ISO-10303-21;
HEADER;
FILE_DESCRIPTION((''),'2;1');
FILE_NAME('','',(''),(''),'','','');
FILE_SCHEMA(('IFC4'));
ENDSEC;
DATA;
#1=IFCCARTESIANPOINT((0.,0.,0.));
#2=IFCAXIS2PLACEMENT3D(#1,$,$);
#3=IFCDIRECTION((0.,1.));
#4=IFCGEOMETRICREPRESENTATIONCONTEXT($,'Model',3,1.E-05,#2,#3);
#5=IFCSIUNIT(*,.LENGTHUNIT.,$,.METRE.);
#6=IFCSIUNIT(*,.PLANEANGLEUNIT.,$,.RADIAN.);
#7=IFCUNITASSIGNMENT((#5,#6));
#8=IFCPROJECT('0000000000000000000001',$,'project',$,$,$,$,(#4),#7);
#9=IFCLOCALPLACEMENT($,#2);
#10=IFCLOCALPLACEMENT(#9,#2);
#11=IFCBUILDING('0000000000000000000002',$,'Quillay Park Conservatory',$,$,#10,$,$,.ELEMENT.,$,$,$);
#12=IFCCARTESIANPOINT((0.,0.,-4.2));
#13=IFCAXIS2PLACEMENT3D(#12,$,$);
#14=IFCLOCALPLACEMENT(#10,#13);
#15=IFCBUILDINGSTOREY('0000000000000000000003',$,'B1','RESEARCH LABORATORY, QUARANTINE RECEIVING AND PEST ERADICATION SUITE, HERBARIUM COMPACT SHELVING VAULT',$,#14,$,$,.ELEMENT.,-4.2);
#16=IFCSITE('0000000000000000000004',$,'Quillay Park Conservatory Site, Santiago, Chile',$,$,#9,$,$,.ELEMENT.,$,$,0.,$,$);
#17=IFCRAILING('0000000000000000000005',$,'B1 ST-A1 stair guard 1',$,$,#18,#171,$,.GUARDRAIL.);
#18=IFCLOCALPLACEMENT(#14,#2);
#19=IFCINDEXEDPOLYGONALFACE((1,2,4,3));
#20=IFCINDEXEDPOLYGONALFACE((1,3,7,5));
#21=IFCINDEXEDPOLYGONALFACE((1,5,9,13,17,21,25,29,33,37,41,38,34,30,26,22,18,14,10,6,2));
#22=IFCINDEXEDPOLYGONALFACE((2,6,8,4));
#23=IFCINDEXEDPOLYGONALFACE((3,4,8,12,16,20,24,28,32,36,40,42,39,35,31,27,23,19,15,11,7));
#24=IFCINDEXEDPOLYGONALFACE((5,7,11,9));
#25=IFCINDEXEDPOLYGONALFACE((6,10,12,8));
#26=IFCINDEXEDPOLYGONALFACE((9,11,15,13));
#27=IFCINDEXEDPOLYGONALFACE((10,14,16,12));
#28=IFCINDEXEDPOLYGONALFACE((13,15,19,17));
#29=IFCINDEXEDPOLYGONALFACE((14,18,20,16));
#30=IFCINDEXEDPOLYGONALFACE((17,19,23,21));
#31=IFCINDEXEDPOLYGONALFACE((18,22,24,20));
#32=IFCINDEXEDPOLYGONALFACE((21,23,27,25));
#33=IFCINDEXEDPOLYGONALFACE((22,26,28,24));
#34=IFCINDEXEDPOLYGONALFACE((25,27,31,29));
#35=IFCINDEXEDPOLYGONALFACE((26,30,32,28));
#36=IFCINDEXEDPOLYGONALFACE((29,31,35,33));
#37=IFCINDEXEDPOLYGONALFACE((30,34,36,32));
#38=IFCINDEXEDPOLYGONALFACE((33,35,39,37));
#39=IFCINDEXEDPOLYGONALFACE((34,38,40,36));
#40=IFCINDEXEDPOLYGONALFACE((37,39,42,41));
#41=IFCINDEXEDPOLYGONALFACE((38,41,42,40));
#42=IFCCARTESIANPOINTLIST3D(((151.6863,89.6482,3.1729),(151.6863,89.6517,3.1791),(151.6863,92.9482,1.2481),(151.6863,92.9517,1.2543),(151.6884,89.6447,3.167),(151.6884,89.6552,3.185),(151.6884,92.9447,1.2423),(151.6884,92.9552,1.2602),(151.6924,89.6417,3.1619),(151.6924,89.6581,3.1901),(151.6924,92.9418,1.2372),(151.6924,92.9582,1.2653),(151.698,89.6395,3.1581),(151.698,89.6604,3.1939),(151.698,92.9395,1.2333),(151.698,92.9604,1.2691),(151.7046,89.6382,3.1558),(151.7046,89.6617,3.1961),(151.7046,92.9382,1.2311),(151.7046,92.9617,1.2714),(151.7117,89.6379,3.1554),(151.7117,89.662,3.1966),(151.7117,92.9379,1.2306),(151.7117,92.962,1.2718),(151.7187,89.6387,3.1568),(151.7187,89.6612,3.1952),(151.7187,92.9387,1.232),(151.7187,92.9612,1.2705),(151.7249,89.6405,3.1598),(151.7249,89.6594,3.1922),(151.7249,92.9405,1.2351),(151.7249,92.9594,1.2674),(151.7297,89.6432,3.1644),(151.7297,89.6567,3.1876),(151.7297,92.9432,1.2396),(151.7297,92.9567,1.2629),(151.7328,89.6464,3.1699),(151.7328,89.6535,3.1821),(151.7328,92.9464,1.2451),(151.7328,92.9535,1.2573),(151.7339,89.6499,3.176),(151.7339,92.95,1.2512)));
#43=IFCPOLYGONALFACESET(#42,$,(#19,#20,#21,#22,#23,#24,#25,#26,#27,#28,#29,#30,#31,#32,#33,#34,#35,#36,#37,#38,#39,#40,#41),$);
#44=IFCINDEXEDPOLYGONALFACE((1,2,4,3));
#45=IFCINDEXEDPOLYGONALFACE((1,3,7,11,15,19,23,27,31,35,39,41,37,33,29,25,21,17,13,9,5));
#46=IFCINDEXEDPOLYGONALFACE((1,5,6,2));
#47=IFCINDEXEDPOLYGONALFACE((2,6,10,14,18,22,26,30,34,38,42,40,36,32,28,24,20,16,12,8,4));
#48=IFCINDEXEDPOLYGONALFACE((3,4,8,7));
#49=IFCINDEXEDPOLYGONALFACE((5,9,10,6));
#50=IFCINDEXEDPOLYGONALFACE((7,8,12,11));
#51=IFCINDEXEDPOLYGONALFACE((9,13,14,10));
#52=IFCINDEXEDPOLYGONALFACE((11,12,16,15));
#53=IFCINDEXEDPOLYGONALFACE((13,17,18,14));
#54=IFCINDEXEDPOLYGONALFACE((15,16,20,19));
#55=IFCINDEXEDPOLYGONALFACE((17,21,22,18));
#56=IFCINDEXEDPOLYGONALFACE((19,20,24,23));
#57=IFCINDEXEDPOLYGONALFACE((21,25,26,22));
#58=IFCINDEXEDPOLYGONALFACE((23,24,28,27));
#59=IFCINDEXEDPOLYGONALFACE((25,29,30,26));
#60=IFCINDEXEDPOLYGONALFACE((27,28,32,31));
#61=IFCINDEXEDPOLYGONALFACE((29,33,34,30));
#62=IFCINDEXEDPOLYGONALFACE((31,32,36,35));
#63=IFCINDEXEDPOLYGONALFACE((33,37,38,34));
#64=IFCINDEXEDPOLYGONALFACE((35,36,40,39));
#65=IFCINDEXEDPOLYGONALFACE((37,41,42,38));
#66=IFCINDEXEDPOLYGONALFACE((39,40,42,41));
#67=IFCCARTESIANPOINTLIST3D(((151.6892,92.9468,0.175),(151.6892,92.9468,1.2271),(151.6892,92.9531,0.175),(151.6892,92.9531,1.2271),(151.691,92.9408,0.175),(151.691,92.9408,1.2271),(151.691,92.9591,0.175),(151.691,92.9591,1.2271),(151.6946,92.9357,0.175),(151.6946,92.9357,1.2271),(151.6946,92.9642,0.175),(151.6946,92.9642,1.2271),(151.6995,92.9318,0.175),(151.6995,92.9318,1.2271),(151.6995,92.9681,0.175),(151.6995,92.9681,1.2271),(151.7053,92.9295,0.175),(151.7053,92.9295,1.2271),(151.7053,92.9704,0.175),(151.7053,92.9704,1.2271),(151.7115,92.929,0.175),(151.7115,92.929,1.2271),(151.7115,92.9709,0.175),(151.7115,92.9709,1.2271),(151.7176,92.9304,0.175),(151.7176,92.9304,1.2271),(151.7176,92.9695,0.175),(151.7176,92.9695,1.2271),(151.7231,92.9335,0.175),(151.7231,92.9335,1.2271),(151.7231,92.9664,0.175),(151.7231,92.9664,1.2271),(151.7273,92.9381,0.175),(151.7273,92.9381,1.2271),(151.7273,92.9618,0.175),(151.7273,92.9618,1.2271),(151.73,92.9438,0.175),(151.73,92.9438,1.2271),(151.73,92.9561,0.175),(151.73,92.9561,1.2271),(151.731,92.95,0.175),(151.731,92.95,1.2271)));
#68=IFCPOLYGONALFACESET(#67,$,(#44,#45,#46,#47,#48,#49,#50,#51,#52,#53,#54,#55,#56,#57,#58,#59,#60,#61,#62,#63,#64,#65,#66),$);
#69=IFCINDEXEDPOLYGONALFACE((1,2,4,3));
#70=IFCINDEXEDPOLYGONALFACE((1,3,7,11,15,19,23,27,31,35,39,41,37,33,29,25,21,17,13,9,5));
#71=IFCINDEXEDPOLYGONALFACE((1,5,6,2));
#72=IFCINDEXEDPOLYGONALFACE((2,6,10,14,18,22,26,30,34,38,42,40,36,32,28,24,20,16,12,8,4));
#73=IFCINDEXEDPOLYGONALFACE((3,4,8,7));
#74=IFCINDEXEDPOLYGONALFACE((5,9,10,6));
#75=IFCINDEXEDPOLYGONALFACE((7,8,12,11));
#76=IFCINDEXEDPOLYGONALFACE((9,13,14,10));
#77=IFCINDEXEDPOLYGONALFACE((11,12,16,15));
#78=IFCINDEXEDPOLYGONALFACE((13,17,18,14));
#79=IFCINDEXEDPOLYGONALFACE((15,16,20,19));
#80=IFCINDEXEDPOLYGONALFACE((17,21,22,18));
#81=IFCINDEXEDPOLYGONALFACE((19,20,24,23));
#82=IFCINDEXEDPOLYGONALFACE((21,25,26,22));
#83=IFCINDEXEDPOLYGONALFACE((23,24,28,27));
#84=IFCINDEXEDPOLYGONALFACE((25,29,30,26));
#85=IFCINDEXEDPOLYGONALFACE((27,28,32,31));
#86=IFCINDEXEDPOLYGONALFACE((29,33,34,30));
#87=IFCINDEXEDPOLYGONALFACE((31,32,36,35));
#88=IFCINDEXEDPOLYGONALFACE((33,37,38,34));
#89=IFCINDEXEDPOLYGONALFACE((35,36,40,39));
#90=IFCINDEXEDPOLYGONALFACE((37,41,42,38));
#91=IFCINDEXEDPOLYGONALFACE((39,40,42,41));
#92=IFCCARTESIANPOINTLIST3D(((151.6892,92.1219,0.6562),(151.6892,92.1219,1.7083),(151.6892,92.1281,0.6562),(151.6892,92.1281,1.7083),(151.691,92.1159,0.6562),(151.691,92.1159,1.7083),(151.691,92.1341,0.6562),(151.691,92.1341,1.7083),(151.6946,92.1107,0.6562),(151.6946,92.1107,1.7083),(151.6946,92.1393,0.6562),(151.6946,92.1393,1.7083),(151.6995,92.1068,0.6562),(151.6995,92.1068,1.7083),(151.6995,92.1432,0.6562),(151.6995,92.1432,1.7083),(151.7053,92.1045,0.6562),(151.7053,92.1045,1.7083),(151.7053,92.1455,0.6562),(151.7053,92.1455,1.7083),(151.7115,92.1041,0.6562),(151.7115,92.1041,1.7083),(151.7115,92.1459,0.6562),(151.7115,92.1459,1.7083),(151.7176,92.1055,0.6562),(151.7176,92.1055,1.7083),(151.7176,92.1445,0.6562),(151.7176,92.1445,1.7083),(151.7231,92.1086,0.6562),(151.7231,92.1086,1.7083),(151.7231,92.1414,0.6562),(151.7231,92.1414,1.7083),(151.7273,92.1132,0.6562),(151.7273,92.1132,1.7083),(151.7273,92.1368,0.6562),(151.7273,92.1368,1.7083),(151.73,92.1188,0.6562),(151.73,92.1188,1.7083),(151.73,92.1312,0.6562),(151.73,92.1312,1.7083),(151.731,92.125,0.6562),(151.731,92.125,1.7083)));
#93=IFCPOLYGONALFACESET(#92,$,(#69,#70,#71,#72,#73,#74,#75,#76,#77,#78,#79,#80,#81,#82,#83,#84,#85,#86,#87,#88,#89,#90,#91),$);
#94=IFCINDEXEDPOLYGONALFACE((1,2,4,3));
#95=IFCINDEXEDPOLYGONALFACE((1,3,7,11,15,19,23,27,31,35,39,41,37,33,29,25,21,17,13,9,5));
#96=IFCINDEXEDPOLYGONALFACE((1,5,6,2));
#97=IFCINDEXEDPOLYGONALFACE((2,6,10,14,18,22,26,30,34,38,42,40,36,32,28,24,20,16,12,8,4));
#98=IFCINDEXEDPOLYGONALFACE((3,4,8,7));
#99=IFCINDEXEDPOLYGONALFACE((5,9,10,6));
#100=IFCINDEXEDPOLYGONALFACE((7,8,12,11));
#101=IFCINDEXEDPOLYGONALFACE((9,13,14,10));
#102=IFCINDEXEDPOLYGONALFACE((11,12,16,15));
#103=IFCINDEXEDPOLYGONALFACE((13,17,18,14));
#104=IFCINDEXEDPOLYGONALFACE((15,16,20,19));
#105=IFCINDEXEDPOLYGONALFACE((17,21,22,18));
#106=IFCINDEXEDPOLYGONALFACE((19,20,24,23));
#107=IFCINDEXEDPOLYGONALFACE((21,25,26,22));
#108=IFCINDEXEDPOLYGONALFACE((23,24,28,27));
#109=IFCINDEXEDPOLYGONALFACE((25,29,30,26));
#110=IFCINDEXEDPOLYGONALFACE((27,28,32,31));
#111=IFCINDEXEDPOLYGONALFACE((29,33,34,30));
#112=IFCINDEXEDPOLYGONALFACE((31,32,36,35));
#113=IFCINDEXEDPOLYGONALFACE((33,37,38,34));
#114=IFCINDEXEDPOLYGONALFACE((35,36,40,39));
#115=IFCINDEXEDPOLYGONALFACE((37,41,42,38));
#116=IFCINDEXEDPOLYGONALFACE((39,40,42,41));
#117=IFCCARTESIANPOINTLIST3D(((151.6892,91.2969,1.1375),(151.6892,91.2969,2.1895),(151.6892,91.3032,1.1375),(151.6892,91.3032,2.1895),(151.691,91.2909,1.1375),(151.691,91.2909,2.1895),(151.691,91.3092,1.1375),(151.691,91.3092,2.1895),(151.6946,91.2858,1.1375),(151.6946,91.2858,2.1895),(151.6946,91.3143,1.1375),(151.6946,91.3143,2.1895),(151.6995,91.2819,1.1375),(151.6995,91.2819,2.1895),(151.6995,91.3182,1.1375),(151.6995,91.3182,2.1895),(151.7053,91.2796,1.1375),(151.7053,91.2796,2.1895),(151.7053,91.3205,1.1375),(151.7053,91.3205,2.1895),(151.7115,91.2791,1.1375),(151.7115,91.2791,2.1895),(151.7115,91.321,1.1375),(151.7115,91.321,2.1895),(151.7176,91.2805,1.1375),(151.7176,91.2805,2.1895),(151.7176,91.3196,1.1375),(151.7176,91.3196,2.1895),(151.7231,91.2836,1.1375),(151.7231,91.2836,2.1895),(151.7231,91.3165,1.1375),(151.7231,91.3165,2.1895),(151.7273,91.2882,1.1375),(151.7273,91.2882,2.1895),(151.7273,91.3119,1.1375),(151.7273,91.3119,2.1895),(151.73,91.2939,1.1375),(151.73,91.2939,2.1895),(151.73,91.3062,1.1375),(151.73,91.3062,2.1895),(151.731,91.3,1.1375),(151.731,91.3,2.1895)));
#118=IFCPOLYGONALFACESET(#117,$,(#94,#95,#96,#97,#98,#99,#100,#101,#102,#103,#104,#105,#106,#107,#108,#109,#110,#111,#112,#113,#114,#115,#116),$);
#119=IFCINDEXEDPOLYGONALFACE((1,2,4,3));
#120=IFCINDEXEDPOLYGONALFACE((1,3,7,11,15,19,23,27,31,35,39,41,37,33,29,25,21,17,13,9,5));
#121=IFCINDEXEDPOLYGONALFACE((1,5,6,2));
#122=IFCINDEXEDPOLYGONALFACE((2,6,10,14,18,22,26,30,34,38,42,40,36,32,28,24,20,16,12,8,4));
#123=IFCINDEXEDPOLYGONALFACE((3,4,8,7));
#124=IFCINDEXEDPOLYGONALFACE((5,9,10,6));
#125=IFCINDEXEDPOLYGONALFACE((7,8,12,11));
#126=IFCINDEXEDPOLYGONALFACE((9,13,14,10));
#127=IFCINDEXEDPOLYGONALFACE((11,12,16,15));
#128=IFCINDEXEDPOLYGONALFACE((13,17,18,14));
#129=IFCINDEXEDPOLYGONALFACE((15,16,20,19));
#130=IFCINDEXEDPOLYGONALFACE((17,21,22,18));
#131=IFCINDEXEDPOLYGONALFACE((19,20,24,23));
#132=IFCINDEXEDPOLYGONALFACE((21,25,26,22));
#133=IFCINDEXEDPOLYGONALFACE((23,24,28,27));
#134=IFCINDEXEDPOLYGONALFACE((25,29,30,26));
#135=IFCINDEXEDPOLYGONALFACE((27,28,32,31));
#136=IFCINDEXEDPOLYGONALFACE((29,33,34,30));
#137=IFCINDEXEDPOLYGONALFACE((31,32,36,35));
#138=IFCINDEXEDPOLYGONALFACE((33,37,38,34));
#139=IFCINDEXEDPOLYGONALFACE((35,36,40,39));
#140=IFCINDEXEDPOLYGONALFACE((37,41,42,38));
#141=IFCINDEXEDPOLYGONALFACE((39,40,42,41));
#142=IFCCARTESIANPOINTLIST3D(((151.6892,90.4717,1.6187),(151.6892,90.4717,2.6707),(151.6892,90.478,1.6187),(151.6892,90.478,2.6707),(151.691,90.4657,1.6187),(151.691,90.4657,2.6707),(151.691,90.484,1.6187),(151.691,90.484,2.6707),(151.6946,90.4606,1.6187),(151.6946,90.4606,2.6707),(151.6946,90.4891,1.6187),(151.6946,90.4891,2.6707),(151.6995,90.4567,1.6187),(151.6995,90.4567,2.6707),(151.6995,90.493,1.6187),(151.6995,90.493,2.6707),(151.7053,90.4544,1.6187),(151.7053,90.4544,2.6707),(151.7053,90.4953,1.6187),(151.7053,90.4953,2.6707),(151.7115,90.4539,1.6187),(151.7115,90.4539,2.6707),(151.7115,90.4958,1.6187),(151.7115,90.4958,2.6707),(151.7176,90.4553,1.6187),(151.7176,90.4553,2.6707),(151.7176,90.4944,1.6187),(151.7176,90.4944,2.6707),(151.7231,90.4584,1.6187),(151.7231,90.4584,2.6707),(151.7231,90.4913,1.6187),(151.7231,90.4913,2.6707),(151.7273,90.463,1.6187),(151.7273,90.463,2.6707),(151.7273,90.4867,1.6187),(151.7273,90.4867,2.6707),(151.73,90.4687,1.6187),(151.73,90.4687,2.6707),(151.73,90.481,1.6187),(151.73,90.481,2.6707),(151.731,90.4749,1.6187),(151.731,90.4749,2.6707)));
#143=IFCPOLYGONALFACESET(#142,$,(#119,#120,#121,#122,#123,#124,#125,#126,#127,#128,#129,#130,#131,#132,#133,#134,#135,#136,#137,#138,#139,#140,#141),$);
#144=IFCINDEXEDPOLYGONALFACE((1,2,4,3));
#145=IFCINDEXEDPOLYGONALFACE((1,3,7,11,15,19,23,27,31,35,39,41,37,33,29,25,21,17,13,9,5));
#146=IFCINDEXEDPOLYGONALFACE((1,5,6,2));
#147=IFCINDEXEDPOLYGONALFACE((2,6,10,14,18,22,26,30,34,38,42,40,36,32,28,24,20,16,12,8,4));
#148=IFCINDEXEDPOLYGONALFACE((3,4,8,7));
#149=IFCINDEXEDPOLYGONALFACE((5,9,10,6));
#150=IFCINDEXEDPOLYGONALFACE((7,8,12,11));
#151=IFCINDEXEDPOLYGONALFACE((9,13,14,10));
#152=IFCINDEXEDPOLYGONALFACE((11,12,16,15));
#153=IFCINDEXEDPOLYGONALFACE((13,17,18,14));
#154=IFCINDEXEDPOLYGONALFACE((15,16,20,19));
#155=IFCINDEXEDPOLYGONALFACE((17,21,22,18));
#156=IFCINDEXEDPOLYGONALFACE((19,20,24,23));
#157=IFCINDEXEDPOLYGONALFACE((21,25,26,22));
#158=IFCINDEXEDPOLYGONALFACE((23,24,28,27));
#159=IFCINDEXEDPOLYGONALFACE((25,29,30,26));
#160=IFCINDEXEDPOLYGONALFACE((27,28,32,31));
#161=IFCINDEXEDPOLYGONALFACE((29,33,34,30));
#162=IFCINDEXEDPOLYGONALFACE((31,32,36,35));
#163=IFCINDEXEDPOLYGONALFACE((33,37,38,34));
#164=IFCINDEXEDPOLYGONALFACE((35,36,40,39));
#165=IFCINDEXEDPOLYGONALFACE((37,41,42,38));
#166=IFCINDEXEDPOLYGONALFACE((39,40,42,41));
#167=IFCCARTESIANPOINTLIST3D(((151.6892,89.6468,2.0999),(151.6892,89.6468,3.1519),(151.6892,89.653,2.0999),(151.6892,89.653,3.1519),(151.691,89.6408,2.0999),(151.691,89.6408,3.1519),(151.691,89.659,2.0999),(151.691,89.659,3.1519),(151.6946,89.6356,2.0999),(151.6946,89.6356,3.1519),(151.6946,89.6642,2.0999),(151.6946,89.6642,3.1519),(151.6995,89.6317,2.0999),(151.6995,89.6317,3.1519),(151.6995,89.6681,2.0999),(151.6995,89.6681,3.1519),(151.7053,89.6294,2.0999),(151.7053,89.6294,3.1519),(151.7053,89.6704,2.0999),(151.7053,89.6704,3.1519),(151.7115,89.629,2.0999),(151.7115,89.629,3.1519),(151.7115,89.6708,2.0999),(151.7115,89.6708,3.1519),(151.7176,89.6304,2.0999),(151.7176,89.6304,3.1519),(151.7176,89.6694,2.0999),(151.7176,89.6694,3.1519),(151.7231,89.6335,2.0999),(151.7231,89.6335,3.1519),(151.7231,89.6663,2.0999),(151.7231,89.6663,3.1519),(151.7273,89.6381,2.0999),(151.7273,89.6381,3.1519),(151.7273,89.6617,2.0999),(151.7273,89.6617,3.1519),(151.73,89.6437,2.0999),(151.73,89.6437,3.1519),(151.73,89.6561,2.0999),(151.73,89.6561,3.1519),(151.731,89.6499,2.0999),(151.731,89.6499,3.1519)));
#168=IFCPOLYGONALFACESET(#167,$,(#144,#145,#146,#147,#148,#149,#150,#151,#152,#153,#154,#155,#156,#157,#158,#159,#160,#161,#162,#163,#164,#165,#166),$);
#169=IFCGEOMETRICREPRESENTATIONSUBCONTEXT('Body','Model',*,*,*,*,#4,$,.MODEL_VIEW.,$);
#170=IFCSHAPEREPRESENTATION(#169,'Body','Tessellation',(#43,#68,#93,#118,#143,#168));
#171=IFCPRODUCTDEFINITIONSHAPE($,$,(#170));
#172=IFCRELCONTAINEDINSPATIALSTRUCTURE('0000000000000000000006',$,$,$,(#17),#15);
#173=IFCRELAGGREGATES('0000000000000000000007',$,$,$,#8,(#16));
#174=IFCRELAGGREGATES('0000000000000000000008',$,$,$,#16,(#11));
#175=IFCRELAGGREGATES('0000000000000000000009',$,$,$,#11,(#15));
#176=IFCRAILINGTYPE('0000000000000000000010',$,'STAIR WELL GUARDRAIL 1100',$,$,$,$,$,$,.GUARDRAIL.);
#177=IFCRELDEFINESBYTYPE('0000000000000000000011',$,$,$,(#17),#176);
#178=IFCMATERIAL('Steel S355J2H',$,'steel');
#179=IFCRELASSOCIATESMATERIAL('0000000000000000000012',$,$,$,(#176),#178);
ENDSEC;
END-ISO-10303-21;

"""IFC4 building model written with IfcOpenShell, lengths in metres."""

from ifc_helpers import new_model, si_unit, direction, frame, origin, origin_2d, place, context, subcontext, project, spatial, circle, extrude, material, type_object, element, save


model = new_model("IFC4")

# Units and contexts
model_context = context("Model", 3, precision=1e-05, world=origin(), true_north=direction((0.0, 1.0)))
body_context = subcontext(model_context, "Body", "Model", "MODEL_VIEW")
ifc_project = project(units=[si_unit("LENGTHUNIT", "METRE"), si_unit("PLANEANGLEUNIT", "RADIAN")], contexts=[model_context])

# Site, building, storey
site_placement = place(None, origin())
site = spatial("IfcSite", under=ifc_project, at=site_placement, Name="Quillay Park Conservatory Site, Santiago, Chile", CompositionType="ELEMENT", RefElevation=0.0)
building_placement = place(site_placement, origin())
building = spatial("IfcBuilding", under=site, at=building_placement, Name="Quillay Park Conservatory", CompositionType="ELEMENT")
storey_placement = place(building_placement, frame((0.0, 0.0, -4.2)))
storey = spatial("IfcBuildingStorey", under=building, at=storey_placement, Name="B1", Description="RESEARCH LABORATORY, QUARANTINE RECEIVING AND PEST ERADICATION SUITE, HERBARIUM COMPACT SHELVING VAULT", CompositionType="ELEMENT", Elevation=-4.2)

# Railing
ifc_material_1 = material(Name="Steel S355J2H", Category="steel")
railing_type_1 = type_object("IfcRailingType", Name="STAIR WELL GUARDRAIL 1100", PredefinedType="GUARDRAIL", material=ifc_material_1)
railing_1_placement = place(storey_placement, frame((151.71, 92.95, 0.175)))
element("IfcRailing", 1, at=railing_1_placement, inside=storey, type_object=railing_type_1, Name="B1 ST-A1 stair guard 1", PredefinedType="GUARDRAIL", context=body_context, shape_type="SweptSolid", body=[
    extrude(circle(Radius=0.0239, at=origin_2d()), frame((0.0, 0.0, 1.0762), z_axis=(0.0, -0.863804, 0.503827), x_axis=(1.0, 0.0, 0.0)), (0.0, 0.0, 1.0), 3.8203),
    extrude(circle(Radius=0.021, at=origin_2d()), origin(), (0.0, 0.0, 1.0), 1.052),
    extrude(circle(Radius=0.021, at=origin_2d()), frame((0.0, -0.825, 0.4812)), (0.0, 0.0, 1.0), 1.052),
    extrude(circle(Radius=0.021, at=origin_2d()), frame((0.0, -1.6499, 0.9624)), (0.0, 0.0, 1.0), 1.052),
    extrude(circle(Radius=0.021, at=origin_2d()), frame((0.0, -2.4751, 1.4436)), (0.0, 0.0, 1.0), 1.052),
    extrude(circle(Radius=0.021, at=origin_2d()), frame((0.0, -3.3, 1.9248)), (0.0, 0.0, 1.0), 1.052),
])

save(model, "model.ifc")
